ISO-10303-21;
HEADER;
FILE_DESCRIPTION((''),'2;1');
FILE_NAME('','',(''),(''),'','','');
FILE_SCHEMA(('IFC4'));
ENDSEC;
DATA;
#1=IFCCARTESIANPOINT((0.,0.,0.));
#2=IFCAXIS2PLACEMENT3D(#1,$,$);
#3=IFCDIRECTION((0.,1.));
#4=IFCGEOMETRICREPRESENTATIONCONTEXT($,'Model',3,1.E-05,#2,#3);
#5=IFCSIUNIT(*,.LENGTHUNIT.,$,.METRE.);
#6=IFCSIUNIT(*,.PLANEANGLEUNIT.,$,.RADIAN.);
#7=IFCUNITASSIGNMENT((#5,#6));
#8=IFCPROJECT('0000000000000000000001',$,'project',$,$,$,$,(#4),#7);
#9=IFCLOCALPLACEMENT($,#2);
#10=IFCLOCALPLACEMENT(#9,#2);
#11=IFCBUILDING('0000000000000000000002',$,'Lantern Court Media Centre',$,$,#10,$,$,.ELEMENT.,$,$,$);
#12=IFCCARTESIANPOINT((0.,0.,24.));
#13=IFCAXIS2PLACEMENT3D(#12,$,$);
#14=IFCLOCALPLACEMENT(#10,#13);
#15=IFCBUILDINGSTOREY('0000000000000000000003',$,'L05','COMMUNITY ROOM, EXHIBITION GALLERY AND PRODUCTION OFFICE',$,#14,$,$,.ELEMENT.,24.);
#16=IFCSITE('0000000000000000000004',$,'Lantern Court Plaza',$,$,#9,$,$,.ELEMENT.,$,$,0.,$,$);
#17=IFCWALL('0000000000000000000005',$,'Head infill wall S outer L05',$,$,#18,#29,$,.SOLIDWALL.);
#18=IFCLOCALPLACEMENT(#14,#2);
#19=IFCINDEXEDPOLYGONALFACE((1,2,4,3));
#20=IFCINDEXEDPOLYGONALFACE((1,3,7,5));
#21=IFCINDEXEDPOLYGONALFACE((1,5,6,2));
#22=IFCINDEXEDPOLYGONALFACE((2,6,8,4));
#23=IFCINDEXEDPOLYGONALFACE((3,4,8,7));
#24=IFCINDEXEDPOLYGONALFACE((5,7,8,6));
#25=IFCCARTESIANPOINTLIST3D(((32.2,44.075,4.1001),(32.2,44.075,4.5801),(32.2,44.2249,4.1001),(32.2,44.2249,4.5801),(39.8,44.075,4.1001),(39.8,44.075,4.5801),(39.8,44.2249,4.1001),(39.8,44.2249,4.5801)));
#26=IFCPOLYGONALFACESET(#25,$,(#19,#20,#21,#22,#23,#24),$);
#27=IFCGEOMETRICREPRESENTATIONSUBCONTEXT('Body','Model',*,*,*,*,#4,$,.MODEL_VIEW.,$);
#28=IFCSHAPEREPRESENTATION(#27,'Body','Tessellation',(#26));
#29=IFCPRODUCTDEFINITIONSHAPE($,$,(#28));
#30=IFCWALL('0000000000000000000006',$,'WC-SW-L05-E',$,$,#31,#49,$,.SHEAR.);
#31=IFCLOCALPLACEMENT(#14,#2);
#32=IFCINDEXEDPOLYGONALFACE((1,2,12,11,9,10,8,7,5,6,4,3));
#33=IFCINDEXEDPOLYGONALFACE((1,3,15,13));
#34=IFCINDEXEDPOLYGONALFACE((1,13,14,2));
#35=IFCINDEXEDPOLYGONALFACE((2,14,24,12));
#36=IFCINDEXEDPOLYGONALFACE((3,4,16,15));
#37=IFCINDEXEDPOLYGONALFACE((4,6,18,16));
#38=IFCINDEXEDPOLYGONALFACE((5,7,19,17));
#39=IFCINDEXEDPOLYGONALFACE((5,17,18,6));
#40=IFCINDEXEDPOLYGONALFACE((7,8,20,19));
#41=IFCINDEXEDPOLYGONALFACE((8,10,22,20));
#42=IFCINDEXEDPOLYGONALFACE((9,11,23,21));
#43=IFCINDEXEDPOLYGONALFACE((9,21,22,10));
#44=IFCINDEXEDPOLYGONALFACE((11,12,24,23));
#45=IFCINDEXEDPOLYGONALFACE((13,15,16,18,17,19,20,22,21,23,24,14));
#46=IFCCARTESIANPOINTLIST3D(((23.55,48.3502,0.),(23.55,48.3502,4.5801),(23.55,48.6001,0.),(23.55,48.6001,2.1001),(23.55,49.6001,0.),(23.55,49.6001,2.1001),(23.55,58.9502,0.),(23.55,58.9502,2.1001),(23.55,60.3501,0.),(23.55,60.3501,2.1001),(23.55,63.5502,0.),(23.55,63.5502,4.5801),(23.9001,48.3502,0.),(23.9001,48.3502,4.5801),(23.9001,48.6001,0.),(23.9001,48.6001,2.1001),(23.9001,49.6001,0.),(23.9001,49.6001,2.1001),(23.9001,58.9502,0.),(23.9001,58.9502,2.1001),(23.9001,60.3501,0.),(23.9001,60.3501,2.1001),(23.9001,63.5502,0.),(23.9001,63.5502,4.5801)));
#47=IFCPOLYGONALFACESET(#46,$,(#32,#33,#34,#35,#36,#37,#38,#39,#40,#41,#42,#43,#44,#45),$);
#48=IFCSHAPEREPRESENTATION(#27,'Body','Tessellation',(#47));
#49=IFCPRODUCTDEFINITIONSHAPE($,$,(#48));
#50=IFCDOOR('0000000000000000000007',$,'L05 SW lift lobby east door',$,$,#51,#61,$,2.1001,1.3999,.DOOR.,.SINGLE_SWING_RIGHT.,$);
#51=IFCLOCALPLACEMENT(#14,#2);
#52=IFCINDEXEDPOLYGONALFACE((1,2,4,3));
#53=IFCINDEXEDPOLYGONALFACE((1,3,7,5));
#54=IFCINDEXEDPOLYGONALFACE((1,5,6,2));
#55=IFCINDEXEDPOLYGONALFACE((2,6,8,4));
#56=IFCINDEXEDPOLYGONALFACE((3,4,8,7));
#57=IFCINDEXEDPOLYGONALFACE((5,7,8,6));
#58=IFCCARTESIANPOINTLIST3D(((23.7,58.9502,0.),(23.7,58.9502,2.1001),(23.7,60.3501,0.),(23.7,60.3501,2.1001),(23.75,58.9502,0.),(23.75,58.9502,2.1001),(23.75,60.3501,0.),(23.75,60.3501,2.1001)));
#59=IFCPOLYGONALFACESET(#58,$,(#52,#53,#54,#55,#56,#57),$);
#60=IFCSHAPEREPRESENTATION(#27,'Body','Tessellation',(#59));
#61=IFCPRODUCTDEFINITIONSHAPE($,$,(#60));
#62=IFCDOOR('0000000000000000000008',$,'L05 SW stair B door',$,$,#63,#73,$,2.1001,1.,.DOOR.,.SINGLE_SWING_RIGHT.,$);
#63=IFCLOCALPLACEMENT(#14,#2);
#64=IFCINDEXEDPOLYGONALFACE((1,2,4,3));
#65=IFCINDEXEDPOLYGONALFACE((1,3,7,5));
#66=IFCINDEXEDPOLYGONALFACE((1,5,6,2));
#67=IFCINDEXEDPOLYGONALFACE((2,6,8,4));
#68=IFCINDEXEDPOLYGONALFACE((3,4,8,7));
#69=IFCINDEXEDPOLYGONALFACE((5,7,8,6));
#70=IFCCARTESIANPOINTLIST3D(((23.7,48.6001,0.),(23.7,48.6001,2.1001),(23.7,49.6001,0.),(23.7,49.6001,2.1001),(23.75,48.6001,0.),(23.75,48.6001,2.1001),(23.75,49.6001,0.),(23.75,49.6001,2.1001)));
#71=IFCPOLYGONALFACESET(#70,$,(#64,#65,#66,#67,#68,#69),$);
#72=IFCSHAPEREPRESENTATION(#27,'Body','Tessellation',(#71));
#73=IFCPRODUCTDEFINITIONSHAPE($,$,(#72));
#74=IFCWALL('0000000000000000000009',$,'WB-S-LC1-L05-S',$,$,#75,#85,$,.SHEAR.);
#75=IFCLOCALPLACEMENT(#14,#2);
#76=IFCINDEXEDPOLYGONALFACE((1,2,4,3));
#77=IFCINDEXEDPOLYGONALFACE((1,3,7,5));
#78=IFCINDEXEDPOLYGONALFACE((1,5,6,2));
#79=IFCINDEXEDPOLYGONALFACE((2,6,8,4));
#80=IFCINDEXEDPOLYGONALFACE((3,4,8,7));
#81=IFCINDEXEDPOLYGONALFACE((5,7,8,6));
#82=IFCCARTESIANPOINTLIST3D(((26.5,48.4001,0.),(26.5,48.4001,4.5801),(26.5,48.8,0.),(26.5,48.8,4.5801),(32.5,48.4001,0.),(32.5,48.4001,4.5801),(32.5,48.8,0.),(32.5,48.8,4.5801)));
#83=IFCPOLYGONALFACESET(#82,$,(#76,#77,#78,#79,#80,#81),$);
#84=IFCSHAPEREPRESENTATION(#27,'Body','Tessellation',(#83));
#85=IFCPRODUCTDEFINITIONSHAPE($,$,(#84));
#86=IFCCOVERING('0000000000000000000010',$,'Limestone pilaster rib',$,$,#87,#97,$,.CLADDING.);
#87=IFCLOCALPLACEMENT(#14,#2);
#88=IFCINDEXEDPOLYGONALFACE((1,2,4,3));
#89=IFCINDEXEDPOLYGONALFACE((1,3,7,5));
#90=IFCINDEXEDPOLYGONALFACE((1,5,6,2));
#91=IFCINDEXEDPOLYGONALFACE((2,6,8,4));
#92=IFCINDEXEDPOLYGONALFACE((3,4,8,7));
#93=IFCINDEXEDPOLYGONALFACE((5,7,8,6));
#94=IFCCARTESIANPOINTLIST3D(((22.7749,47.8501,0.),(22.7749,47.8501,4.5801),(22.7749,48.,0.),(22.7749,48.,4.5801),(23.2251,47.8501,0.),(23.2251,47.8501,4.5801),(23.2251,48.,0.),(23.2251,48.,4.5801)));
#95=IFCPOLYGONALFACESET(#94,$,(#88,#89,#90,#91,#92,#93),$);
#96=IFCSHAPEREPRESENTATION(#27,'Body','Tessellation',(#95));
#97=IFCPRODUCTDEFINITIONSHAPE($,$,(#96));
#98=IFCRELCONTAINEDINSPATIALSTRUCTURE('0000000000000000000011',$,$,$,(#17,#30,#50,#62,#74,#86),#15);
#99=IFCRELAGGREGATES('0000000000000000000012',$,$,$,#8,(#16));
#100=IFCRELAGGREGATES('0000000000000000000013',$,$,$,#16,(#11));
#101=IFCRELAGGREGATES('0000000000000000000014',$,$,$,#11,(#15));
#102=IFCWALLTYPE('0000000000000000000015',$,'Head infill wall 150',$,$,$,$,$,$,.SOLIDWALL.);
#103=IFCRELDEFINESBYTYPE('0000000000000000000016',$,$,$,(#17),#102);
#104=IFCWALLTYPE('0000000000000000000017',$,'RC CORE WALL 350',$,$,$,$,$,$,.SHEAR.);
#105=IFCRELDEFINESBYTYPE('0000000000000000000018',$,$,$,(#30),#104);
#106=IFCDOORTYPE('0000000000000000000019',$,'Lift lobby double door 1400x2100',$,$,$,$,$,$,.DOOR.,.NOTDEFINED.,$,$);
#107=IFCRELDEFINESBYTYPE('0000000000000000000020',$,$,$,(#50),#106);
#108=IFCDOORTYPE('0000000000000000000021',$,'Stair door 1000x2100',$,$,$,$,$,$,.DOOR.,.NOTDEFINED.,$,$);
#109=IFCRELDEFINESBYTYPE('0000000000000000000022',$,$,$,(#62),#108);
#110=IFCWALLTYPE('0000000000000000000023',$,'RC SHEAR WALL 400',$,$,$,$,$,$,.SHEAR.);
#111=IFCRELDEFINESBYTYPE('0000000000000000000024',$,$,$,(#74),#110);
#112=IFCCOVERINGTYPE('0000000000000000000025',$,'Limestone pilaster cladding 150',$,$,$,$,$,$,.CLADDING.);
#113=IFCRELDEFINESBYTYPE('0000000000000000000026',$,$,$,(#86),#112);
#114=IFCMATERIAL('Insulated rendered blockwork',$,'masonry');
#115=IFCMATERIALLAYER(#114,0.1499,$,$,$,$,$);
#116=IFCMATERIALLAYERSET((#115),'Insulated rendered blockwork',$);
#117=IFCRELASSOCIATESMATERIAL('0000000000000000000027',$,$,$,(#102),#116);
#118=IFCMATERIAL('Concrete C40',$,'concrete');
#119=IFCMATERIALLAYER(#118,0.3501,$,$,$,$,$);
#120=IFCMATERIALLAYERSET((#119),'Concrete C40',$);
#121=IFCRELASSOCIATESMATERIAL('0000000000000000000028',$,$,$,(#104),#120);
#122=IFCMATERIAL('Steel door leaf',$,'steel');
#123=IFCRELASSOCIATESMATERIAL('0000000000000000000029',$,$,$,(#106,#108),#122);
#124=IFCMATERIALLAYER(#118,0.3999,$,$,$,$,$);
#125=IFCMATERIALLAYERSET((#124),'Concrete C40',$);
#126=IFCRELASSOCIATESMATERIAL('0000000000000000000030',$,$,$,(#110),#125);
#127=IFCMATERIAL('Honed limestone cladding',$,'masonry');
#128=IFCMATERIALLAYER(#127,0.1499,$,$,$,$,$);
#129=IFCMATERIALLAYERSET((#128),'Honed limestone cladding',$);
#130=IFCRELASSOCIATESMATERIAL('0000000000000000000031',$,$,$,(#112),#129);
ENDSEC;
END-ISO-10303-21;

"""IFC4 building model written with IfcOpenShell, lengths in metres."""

from ifc_helpers import new_model, si_unit, direction, frame, frame_2d, origin, place, context, subcontext, project, spatial, rectangle, extrude, material, layer, layer_set, type_object, element, fill, save


model = new_model("IFC4")

# Units and contexts
model_context = context("Model", 3, precision=1e-05, world=origin(), true_north=direction((0.0, 1.0)))
body_context = subcontext(model_context, "Body", "Model", "MODEL_VIEW")
ifc_project = project(units=[si_unit("LENGTHUNIT", "METRE"), si_unit("PLANEANGLEUNIT", "RADIAN")], contexts=[model_context])

# Site, building, storey
site_placement = place(None, origin())
site = spatial("IfcSite", under=ifc_project, at=site_placement, Name="Lantern Court Plaza", CompositionType="ELEMENT", RefElevation=0.0)
building_placement = place(site_placement, origin())
building = spatial("IfcBuilding", under=site, at=building_placement, Name="Lantern Court Media Centre", CompositionType="ELEMENT")
storey_placement = place(building_placement, frame((0.0, 0.0, 24.0)))
storey = spatial("IfcBuildingStorey", under=building, at=storey_placement, Name="L05", Description="COMMUNITY ROOM, EXHIBITION GALLERY AND PRODUCTION OFFICE", CompositionType="ELEMENT", Elevation=24.0)

# Wall
ifc_material_1 = material(Name="Insulated rendered blockwork", Category="masonry")
ifc_layer_1 = layer(ifc_material_1, 0.1499)
ifc_layer_set_1 = layer_set([ifc_layer_1], Name="Insulated rendered blockwork")
wall_type_1 = type_object("IfcWallType", Name="Head infill wall 150", PredefinedType="SOLIDWALL", material=ifc_layer_set_1)
wall_1_placement = place(storey_placement, frame((32.2, 44.1499, 4.1001), z_axis=(0.0, 0.0, 1.0), x_axis=(1.0, 0.0, 0.0)))
element("IfcWall", 1, at=wall_1_placement, inside=storey, type_object=wall_type_1, Name="Head infill wall S outer L05", PredefinedType="SOLIDWALL", context=body_context, shape_type="SweptSolid", body=[
    extrude(rectangle(XDim=7.6001, YDim=0.1499, at=frame_2d((3.8, 0.0))), origin(), (0.0, 0.0, 1.0), 0.48),
])

# Wall, openings, doors
ifc_material_2 = material(Name="Concrete C40", Category="concrete")
ifc_layer_2 = layer(ifc_material_2, 0.3501)
ifc_layer_set_2 = layer_set([ifc_layer_2], Name="Concrete C40")
wall_type_2 = type_object("IfcWallType", Name="RC CORE WALL 350", PredefinedType="SHEAR", material=ifc_layer_set_2)
wall_2_placement = place(storey_placement, frame((23.7251, 48.3501, 0.0), z_axis=(0.0, 0.0, 1.0), x_axis=(0.0, 1.0, 0.0)))
wall_2 = element("IfcWall", 2, at=wall_2_placement, inside=storey, type_object=wall_type_2, Name="WC-SW-L05-E", PredefinedType="SHEAR", context=body_context, shape_type="SweptSolid", body=[
    extrude(rectangle(XDim=15.2, YDim=0.3501, at=frame_2d((7.6001, 0.0))), origin(), (0.0, 0.0, 1.0), 4.5801),
])
opening_1_placement = place(wall_2_placement, frame((0.25, 0.0, 0.0)))
opening_1 = element("IfcOpeningElement", 3, at=opening_1_placement, cuts=wall_2, PredefinedType="OPENING", context=body_context, shape_type="SweptSolid", body=[
    extrude(rectangle(XDim=1.0, YDim=2.1001, at=frame_2d((0.5, 1.05))), frame((0.0, 0.1851, 0.0), z_axis=(0.0, -1.0, 0.0), x_axis=(1.0, 0.0, 0.0)), (0.0, 0.0, 1.0), 0.3701),
])
opening_2_placement = place(wall_2_placement, frame((10.6001, 0.0, 0.0)))
opening_2 = element("IfcOpeningElement", 4, at=opening_2_placement, cuts=wall_2, PredefinedType="OPENING", context=body_context, shape_type="SweptSolid", body=[
    extrude(rectangle(XDim=1.3999, YDim=2.1001, at=frame_2d((0.7, 1.05))), frame((0.0, 0.1851, 0.0), z_axis=(0.0, -1.0, 0.0), x_axis=(1.0, 0.0, 0.0)), (0.0, 0.0, 1.0), 0.3701),
])
ifc_material_3 = material(Name="Steel door leaf", Category="steel")
door_type_1 = type_object("IfcDoorType", Name="Lift lobby double door 1400x2100", OperationType="NOTDEFINED", PredefinedType="DOOR", material=ifc_material_3)
door_1_placement = place(opening_2_placement, frame((1.3999, 0.0, 0.0), z_axis=(0.0, 0.0, 1.0), x_axis=(-1.0, 0.0, 0.0)))
door_1 = element("IfcDoor", 5, at=door_1_placement, inside=storey, type_object=door_type_1, Name="L05 SW lift lobby east door", OperationType="SINGLE_SWING_RIGHT", OverallHeight=2.1001, OverallWidth=1.3999, PredefinedType="DOOR", context=body_context, shape_type="SweptSolid", body=[
    extrude(rectangle(XDim=1.3999, YDim=2.1001, at=frame_2d((0.7, 1.05))), frame((0.0, 0.0249, 0.0), z_axis=(0.0, -1.0, 0.0), x_axis=(1.0, 0.0, 0.0)), (0.0, 0.0, 1.0), 0.05),
])
fill(opening_2, door_1)
door_type_2 = type_object("IfcDoorType", Name="Stair door 1000x2100", OperationType="NOTDEFINED", PredefinedType="DOOR", material=ifc_material_3)
door_2_placement = place(opening_1_placement, frame((1.0, 0.0, 0.0), z_axis=(0.0, 0.0, 1.0), x_axis=(-1.0, 0.0, 0.0)))
door_2 = element("IfcDoor", 6, at=door_2_placement, inside=storey, type_object=door_type_2, Name="L05 SW stair B door", OperationType="SINGLE_SWING_RIGHT", OverallHeight=2.1001, OverallWidth=1.0, PredefinedType="DOOR", context=body_context, shape_type="SweptSolid", body=[
    extrude(rectangle(XDim=1.0, YDim=2.1001, at=frame_2d((0.5, 1.05))), frame((0.0, 0.0249, 0.0), z_axis=(0.0, -1.0, 0.0), x_axis=(1.0, 0.0, 0.0)), (0.0, 0.0, 1.0), 0.05),
])
fill(opening_1, door_2)

# Wall
ifc_layer_3 = layer(ifc_material_2, 0.3999)
ifc_layer_set_3 = layer_set([ifc_layer_3], Name="Concrete C40")
wall_type_3 = type_object("IfcWallType", Name="RC SHEAR WALL 400", PredefinedType="SHEAR", material=ifc_layer_set_3)
wall_3_placement = place(storey_placement, frame((26.5, 48.6001, 0.0), z_axis=(0.0, 0.0, 1.0), x_axis=(1.0, 0.0, 0.0)))
element("IfcWall", 7, at=wall_3_placement, inside=storey, type_object=wall_type_3, Name="WB-S-LC1-L05-S", PredefinedType="SHEAR", context=body_context, shape_type="SweptSolid", body=[
    extrude(rectangle(XDim=6.0, YDim=0.3999, at=frame_2d((3.0, 0.0))), origin(), (0.0, 0.0, 1.0), 4.5801),
])

# Covering
ifc_material_4 = material(Name="Honed limestone cladding", Category="masonry")
ifc_layer_4 = layer(ifc_material_4, 0.1499)
ifc_layer_set_4 = layer_set([ifc_layer_4], Name="Honed limestone cladding")
covering_type = type_object("IfcCoveringType", Name="Limestone pilaster cladding 150", PredefinedType="CLADDING", material=ifc_layer_set_4)
covering_placement = place(storey_placement, frame((22.7749, 47.925, 0.0), z_axis=(0.0, 0.0, 1.0), x_axis=(1.0, 0.0, 0.0)))
element("IfcCovering", 8, at=covering_placement, inside=storey, type_object=covering_type, Name="Limestone pilaster rib", PredefinedType="CLADDING", context=body_context, shape_type="SweptSolid", body=[
    extrude(rectangle(XDim=0.4502, YDim=0.1499, at=frame_2d((0.2251, 0.0))), origin(), (0.0, 0.0, 1.0), 4.5801),
])

save(model, "model.ifc")
